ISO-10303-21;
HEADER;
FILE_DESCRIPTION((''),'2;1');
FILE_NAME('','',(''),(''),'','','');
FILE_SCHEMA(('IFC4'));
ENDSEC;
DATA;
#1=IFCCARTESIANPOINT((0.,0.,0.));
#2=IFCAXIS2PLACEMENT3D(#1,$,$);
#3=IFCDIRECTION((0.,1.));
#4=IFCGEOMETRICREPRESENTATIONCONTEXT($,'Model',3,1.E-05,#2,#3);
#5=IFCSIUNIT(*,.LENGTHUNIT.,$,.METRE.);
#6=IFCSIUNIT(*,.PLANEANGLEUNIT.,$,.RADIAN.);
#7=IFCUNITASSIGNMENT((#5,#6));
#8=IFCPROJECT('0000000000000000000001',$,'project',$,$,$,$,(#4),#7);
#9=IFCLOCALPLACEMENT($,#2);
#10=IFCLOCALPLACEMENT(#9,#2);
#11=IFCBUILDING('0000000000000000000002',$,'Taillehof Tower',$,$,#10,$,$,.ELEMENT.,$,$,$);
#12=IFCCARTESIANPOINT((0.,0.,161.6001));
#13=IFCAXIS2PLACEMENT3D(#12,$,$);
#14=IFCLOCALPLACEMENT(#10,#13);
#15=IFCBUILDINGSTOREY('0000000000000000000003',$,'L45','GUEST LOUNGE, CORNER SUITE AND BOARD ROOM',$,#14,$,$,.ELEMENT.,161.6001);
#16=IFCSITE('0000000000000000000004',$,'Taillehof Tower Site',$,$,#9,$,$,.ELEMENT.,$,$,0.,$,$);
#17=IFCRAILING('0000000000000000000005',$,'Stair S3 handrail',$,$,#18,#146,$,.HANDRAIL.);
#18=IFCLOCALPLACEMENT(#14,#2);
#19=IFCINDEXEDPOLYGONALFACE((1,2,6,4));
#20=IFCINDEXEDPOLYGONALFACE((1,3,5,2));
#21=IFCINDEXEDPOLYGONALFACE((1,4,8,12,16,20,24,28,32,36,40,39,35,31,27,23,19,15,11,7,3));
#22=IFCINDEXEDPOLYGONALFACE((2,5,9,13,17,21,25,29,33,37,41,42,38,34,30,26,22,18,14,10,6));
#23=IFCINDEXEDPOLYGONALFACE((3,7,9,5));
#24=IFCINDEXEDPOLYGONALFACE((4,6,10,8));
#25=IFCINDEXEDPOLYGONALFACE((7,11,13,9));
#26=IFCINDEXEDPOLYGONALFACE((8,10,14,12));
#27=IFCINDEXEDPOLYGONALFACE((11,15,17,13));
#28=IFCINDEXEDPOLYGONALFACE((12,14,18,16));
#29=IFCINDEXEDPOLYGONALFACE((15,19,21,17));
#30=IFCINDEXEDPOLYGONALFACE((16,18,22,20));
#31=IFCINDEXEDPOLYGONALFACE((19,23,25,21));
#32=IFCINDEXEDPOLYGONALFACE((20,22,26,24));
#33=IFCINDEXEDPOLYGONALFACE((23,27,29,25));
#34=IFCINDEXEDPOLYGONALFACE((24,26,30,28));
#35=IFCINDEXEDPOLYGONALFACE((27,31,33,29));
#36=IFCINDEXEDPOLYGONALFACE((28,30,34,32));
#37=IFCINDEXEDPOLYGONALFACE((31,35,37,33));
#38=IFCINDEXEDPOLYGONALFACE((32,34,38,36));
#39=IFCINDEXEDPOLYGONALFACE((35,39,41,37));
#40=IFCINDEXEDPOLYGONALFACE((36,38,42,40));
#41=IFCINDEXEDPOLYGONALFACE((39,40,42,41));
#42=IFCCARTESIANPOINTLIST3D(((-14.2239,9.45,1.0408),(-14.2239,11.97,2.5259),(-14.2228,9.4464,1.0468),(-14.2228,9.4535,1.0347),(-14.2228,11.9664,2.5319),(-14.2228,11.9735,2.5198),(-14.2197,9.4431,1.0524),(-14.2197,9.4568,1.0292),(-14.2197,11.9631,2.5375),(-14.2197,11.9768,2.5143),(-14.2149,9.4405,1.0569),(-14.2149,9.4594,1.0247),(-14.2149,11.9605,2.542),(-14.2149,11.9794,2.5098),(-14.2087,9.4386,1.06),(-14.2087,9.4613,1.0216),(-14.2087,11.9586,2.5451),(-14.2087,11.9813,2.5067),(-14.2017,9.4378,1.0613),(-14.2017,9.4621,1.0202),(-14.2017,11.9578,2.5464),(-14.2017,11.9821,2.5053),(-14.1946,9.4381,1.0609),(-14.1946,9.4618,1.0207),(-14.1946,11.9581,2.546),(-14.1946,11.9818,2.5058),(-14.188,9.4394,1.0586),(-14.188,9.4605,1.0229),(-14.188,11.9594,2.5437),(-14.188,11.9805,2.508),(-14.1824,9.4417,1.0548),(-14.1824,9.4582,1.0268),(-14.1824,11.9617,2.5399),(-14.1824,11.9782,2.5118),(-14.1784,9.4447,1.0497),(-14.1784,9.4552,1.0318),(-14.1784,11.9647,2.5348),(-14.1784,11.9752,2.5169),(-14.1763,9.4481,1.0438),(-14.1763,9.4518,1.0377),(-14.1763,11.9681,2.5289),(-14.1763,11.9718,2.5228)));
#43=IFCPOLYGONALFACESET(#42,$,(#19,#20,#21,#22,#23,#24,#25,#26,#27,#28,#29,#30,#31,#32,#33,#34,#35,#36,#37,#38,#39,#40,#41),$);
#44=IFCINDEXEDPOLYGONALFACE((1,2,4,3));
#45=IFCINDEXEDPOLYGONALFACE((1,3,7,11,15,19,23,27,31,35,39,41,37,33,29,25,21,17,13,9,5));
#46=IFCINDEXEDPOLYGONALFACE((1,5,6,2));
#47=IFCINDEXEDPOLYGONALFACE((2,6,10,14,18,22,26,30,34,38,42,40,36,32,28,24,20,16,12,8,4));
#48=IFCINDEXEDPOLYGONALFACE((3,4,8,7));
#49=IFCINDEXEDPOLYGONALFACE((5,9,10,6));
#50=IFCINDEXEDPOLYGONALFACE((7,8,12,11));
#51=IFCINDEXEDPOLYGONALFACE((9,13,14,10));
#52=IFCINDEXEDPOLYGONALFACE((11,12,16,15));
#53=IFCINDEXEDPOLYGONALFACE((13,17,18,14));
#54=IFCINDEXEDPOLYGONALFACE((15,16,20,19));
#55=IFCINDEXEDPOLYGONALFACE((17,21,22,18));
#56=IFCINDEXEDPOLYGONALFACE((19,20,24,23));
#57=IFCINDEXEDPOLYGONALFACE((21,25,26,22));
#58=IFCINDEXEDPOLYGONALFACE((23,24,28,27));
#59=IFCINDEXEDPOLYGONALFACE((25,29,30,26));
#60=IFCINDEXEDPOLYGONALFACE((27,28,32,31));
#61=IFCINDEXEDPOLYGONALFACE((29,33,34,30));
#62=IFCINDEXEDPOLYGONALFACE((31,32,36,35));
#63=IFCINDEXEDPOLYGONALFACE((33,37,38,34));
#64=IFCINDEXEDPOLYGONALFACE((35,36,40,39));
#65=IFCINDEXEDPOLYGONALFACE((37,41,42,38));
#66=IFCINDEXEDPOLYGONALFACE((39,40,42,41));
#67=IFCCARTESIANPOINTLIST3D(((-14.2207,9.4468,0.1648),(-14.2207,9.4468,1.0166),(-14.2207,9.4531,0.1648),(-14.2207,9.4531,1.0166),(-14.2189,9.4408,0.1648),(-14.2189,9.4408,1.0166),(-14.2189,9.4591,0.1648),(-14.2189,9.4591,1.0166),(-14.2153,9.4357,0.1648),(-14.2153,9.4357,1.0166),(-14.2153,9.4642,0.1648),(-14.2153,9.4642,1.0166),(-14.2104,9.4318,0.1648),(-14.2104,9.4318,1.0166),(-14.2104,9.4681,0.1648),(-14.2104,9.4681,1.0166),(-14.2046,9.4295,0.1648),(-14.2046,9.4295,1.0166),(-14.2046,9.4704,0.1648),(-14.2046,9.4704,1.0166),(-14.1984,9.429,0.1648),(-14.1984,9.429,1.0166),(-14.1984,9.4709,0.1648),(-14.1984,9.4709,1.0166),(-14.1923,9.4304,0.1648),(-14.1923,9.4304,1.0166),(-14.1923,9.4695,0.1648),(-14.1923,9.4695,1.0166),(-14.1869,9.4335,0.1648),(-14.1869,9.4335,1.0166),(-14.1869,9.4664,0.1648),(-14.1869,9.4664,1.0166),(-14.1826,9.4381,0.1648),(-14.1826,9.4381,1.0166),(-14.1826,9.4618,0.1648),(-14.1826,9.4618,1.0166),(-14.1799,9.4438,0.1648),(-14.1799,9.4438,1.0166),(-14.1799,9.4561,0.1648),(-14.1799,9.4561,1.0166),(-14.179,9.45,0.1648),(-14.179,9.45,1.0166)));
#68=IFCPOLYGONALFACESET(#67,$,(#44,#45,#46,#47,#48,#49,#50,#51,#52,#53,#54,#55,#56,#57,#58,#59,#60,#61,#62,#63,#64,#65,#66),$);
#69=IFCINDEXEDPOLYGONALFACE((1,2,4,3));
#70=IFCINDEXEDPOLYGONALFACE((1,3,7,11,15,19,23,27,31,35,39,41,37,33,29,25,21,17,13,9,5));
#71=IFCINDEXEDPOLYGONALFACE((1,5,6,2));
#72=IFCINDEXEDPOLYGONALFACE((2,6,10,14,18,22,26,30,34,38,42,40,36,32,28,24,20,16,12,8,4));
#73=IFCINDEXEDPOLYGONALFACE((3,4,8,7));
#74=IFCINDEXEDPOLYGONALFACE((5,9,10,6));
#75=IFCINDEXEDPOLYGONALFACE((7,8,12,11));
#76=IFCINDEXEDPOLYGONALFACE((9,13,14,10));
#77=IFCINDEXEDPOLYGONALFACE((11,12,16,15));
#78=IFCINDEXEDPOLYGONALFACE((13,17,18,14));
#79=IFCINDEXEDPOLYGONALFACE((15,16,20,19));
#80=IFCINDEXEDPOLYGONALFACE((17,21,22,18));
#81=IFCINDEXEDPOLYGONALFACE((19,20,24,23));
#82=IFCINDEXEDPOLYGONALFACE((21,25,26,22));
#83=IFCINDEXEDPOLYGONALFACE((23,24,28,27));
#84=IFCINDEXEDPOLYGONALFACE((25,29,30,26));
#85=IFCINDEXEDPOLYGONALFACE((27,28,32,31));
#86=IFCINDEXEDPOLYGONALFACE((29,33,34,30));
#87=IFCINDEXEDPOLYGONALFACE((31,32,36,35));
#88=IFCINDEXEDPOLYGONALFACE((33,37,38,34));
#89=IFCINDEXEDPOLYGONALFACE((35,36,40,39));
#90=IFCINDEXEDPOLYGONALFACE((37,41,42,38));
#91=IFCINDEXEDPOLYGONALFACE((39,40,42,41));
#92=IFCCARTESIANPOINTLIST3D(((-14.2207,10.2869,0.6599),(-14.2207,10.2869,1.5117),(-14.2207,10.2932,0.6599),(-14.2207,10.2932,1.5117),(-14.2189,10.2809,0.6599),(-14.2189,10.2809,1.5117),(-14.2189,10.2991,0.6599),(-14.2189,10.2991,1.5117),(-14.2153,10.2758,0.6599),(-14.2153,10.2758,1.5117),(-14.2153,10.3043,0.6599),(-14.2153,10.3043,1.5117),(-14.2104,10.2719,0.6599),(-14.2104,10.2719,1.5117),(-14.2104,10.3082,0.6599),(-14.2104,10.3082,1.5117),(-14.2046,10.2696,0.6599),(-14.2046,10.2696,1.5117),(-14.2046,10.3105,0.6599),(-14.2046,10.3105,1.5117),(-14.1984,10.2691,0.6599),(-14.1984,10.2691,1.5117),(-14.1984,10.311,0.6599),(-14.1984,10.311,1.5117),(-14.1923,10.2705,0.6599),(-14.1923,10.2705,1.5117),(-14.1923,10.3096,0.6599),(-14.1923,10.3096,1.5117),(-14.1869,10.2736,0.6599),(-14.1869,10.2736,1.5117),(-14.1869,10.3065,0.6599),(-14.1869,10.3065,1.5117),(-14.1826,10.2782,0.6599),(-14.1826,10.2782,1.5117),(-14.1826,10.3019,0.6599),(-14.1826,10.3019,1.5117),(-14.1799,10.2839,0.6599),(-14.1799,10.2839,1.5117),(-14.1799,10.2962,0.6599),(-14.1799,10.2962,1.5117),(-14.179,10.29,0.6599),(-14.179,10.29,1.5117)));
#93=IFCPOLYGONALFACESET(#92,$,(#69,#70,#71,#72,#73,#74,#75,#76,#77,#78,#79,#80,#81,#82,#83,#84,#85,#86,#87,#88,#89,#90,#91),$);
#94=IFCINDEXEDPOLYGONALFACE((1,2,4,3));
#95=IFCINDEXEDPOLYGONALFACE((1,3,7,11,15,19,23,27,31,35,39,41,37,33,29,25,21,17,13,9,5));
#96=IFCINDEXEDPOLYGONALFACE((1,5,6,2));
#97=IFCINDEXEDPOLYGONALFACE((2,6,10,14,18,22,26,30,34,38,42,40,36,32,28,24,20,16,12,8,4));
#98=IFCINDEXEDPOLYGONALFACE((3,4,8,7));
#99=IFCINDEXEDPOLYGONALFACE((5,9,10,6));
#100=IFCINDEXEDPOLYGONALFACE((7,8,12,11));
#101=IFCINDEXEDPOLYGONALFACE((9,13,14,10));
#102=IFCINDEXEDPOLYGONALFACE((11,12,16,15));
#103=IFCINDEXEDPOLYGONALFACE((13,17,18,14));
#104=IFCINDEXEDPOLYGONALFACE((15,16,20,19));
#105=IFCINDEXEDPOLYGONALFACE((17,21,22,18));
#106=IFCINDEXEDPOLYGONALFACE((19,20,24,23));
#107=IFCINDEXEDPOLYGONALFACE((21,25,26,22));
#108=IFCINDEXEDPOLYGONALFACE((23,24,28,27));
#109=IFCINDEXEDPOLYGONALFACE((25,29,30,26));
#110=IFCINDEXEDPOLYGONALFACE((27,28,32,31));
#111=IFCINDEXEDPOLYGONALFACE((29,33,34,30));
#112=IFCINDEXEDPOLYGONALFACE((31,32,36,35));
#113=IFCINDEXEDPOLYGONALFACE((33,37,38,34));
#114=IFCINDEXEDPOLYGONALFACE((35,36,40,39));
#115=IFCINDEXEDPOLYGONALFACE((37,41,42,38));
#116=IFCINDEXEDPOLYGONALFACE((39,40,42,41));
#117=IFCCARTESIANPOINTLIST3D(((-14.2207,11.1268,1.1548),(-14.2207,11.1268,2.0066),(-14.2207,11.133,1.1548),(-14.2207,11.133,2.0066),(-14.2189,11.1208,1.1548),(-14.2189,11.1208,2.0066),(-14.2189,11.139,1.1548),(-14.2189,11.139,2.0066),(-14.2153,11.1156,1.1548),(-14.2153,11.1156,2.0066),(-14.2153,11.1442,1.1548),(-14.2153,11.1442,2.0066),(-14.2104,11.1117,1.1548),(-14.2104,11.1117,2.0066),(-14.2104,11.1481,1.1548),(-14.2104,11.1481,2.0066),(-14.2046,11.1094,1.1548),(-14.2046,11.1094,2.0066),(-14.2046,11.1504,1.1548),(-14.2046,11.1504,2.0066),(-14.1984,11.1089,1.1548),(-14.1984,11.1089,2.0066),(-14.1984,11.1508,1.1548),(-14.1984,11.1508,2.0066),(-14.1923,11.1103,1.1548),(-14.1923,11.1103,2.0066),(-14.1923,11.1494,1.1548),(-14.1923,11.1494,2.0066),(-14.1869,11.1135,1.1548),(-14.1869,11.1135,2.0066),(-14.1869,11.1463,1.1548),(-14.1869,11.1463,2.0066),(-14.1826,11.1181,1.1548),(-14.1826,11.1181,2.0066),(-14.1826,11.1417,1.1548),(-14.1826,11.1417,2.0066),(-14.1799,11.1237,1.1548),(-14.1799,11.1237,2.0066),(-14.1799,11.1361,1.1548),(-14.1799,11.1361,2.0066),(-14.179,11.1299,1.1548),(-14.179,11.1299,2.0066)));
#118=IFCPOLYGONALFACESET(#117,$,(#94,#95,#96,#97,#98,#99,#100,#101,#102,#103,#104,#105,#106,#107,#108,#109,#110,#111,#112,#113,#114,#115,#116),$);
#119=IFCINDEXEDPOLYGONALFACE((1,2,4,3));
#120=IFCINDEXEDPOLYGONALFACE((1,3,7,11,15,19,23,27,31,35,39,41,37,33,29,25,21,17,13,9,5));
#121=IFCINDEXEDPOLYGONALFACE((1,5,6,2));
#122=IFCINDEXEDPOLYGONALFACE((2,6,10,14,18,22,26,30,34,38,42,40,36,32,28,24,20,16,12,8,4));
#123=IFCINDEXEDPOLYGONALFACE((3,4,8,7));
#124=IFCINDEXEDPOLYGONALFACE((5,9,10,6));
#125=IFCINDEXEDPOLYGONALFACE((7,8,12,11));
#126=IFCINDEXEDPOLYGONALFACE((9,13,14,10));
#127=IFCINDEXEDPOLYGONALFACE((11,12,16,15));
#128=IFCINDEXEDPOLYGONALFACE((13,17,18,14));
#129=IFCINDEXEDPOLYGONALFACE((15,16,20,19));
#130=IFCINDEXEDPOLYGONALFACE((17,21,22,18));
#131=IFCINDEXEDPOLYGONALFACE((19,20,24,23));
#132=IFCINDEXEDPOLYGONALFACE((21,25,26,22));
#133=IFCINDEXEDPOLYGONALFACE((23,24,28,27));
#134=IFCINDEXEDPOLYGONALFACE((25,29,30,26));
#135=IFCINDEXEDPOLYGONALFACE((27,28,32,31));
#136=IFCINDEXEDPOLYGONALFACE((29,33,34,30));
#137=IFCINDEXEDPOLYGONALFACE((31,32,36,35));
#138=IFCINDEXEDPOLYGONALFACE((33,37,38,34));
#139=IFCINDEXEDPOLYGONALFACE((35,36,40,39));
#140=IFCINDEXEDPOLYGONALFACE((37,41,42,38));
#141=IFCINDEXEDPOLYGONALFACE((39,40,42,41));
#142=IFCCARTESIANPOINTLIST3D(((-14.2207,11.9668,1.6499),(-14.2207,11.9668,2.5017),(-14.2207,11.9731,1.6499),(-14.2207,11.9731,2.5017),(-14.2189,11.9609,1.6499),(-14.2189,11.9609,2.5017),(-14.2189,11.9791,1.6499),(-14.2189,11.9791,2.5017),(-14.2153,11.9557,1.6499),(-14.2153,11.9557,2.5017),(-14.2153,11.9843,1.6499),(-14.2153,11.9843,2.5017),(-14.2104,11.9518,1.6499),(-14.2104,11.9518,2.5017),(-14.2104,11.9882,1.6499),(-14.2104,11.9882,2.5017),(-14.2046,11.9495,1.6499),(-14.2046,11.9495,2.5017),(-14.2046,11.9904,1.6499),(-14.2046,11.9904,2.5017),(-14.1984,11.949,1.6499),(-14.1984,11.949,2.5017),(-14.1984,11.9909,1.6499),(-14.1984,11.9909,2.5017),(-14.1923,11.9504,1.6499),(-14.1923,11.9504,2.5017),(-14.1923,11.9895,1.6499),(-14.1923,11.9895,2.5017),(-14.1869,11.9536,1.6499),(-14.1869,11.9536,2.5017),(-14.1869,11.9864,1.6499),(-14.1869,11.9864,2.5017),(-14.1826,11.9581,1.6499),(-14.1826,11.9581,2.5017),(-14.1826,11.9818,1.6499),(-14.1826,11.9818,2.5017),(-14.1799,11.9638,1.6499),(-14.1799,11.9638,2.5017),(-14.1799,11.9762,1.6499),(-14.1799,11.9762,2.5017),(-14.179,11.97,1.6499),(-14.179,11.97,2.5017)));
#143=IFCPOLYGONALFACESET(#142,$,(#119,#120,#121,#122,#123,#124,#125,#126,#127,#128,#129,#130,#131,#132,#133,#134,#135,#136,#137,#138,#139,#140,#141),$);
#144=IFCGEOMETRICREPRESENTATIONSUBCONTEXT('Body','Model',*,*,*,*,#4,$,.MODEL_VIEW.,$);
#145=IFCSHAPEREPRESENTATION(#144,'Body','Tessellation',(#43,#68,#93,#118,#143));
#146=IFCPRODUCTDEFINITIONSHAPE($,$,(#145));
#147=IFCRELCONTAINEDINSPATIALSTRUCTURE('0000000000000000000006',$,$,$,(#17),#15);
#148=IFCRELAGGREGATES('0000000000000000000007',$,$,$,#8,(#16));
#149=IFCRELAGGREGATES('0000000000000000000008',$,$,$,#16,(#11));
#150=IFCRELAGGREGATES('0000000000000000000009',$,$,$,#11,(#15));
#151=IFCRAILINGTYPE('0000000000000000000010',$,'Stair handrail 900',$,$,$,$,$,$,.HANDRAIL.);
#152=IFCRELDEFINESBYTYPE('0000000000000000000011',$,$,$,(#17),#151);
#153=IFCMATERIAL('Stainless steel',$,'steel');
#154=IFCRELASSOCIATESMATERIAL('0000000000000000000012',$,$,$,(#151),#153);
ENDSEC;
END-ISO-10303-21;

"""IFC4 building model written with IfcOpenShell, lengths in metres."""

from ifc_helpers import new_model, si_unit, direction, frame, origin, origin_2d, place, context, subcontext, project, spatial, circle, extrude, material, type_object, element, save


model = new_model("IFC4")

# Units and contexts
model_context = context("Model", 3, precision=1e-05, world=origin(), true_north=direction((0.0, 1.0)))
body_context = subcontext(model_context, "Body", "Model", "MODEL_VIEW")
ifc_project = project(units=[si_unit("LENGTHUNIT", "METRE"), si_unit("PLANEANGLEUNIT", "RADIAN")], contexts=[model_context])

# Site, building, storey
site_placement = place(None, origin())
site = spatial("IfcSite", under=ifc_project, at=site_placement, Name="Taillehof Tower Site", CompositionType="ELEMENT", RefElevation=0.0)
building_placement = place(site_placement, origin())
building = spatial("IfcBuilding", under=site, at=building_placement, Name="Taillehof Tower", CompositionType="ELEMENT")
storey_placement = place(building_placement, frame((0.0, 0.0, 161.6001)))
storey = spatial("IfcBuildingStorey", under=building, at=storey_placement, Name="L45", Description="GUEST LOUNGE, CORNER SUITE AND BOARD ROOM", CompositionType="ELEMENT", Elevation=161.6001)

# Railing
ifc_material_1 = material(Name="Stainless steel", Category="steel")
railing_type = type_object("IfcRailingType", Name="Stair handrail 900", PredefinedType="HANDRAIL", material=ifc_material_1)
railing_placement = place(storey_placement, frame((-14.2, 9.45, 0.1648)))
element("IfcRailing", 1, at=railing_placement, inside=storey, type_object=railing_type, Name="Stair S3 handrail", PredefinedType="HANDRAIL", context=body_context, shape_type="SweptSolid", body=[
    extrude(circle(Radius=0.0239, at=origin_2d()), frame((0.0, 0.0, 0.876), z_axis=(0.0, 0.861524, 0.507717), x_axis=(-1.0, 0.0, 0.0)), (0.0, 0.0, 1.0), 2.925),
    extrude(circle(Radius=0.021, at=origin_2d()), origin(), (0.0, 0.0, 1.0), 0.8518),
    extrude(circle(Radius=0.021, at=origin_2d()), frame((0.0, 0.8401, 0.4951)), (0.0, 0.0, 1.0), 0.8518),
    extrude(circle(Radius=0.021, at=origin_2d()), frame((0.0, 1.6799, 0.99)), (0.0, 0.0, 1.0), 0.8518),
    extrude(circle(Radius=0.021, at=origin_2d()), frame((0.0, 2.52, 1.4851)), (0.0, 0.0, 1.0), 0.8518),
])

save(model, "model.ifc")
